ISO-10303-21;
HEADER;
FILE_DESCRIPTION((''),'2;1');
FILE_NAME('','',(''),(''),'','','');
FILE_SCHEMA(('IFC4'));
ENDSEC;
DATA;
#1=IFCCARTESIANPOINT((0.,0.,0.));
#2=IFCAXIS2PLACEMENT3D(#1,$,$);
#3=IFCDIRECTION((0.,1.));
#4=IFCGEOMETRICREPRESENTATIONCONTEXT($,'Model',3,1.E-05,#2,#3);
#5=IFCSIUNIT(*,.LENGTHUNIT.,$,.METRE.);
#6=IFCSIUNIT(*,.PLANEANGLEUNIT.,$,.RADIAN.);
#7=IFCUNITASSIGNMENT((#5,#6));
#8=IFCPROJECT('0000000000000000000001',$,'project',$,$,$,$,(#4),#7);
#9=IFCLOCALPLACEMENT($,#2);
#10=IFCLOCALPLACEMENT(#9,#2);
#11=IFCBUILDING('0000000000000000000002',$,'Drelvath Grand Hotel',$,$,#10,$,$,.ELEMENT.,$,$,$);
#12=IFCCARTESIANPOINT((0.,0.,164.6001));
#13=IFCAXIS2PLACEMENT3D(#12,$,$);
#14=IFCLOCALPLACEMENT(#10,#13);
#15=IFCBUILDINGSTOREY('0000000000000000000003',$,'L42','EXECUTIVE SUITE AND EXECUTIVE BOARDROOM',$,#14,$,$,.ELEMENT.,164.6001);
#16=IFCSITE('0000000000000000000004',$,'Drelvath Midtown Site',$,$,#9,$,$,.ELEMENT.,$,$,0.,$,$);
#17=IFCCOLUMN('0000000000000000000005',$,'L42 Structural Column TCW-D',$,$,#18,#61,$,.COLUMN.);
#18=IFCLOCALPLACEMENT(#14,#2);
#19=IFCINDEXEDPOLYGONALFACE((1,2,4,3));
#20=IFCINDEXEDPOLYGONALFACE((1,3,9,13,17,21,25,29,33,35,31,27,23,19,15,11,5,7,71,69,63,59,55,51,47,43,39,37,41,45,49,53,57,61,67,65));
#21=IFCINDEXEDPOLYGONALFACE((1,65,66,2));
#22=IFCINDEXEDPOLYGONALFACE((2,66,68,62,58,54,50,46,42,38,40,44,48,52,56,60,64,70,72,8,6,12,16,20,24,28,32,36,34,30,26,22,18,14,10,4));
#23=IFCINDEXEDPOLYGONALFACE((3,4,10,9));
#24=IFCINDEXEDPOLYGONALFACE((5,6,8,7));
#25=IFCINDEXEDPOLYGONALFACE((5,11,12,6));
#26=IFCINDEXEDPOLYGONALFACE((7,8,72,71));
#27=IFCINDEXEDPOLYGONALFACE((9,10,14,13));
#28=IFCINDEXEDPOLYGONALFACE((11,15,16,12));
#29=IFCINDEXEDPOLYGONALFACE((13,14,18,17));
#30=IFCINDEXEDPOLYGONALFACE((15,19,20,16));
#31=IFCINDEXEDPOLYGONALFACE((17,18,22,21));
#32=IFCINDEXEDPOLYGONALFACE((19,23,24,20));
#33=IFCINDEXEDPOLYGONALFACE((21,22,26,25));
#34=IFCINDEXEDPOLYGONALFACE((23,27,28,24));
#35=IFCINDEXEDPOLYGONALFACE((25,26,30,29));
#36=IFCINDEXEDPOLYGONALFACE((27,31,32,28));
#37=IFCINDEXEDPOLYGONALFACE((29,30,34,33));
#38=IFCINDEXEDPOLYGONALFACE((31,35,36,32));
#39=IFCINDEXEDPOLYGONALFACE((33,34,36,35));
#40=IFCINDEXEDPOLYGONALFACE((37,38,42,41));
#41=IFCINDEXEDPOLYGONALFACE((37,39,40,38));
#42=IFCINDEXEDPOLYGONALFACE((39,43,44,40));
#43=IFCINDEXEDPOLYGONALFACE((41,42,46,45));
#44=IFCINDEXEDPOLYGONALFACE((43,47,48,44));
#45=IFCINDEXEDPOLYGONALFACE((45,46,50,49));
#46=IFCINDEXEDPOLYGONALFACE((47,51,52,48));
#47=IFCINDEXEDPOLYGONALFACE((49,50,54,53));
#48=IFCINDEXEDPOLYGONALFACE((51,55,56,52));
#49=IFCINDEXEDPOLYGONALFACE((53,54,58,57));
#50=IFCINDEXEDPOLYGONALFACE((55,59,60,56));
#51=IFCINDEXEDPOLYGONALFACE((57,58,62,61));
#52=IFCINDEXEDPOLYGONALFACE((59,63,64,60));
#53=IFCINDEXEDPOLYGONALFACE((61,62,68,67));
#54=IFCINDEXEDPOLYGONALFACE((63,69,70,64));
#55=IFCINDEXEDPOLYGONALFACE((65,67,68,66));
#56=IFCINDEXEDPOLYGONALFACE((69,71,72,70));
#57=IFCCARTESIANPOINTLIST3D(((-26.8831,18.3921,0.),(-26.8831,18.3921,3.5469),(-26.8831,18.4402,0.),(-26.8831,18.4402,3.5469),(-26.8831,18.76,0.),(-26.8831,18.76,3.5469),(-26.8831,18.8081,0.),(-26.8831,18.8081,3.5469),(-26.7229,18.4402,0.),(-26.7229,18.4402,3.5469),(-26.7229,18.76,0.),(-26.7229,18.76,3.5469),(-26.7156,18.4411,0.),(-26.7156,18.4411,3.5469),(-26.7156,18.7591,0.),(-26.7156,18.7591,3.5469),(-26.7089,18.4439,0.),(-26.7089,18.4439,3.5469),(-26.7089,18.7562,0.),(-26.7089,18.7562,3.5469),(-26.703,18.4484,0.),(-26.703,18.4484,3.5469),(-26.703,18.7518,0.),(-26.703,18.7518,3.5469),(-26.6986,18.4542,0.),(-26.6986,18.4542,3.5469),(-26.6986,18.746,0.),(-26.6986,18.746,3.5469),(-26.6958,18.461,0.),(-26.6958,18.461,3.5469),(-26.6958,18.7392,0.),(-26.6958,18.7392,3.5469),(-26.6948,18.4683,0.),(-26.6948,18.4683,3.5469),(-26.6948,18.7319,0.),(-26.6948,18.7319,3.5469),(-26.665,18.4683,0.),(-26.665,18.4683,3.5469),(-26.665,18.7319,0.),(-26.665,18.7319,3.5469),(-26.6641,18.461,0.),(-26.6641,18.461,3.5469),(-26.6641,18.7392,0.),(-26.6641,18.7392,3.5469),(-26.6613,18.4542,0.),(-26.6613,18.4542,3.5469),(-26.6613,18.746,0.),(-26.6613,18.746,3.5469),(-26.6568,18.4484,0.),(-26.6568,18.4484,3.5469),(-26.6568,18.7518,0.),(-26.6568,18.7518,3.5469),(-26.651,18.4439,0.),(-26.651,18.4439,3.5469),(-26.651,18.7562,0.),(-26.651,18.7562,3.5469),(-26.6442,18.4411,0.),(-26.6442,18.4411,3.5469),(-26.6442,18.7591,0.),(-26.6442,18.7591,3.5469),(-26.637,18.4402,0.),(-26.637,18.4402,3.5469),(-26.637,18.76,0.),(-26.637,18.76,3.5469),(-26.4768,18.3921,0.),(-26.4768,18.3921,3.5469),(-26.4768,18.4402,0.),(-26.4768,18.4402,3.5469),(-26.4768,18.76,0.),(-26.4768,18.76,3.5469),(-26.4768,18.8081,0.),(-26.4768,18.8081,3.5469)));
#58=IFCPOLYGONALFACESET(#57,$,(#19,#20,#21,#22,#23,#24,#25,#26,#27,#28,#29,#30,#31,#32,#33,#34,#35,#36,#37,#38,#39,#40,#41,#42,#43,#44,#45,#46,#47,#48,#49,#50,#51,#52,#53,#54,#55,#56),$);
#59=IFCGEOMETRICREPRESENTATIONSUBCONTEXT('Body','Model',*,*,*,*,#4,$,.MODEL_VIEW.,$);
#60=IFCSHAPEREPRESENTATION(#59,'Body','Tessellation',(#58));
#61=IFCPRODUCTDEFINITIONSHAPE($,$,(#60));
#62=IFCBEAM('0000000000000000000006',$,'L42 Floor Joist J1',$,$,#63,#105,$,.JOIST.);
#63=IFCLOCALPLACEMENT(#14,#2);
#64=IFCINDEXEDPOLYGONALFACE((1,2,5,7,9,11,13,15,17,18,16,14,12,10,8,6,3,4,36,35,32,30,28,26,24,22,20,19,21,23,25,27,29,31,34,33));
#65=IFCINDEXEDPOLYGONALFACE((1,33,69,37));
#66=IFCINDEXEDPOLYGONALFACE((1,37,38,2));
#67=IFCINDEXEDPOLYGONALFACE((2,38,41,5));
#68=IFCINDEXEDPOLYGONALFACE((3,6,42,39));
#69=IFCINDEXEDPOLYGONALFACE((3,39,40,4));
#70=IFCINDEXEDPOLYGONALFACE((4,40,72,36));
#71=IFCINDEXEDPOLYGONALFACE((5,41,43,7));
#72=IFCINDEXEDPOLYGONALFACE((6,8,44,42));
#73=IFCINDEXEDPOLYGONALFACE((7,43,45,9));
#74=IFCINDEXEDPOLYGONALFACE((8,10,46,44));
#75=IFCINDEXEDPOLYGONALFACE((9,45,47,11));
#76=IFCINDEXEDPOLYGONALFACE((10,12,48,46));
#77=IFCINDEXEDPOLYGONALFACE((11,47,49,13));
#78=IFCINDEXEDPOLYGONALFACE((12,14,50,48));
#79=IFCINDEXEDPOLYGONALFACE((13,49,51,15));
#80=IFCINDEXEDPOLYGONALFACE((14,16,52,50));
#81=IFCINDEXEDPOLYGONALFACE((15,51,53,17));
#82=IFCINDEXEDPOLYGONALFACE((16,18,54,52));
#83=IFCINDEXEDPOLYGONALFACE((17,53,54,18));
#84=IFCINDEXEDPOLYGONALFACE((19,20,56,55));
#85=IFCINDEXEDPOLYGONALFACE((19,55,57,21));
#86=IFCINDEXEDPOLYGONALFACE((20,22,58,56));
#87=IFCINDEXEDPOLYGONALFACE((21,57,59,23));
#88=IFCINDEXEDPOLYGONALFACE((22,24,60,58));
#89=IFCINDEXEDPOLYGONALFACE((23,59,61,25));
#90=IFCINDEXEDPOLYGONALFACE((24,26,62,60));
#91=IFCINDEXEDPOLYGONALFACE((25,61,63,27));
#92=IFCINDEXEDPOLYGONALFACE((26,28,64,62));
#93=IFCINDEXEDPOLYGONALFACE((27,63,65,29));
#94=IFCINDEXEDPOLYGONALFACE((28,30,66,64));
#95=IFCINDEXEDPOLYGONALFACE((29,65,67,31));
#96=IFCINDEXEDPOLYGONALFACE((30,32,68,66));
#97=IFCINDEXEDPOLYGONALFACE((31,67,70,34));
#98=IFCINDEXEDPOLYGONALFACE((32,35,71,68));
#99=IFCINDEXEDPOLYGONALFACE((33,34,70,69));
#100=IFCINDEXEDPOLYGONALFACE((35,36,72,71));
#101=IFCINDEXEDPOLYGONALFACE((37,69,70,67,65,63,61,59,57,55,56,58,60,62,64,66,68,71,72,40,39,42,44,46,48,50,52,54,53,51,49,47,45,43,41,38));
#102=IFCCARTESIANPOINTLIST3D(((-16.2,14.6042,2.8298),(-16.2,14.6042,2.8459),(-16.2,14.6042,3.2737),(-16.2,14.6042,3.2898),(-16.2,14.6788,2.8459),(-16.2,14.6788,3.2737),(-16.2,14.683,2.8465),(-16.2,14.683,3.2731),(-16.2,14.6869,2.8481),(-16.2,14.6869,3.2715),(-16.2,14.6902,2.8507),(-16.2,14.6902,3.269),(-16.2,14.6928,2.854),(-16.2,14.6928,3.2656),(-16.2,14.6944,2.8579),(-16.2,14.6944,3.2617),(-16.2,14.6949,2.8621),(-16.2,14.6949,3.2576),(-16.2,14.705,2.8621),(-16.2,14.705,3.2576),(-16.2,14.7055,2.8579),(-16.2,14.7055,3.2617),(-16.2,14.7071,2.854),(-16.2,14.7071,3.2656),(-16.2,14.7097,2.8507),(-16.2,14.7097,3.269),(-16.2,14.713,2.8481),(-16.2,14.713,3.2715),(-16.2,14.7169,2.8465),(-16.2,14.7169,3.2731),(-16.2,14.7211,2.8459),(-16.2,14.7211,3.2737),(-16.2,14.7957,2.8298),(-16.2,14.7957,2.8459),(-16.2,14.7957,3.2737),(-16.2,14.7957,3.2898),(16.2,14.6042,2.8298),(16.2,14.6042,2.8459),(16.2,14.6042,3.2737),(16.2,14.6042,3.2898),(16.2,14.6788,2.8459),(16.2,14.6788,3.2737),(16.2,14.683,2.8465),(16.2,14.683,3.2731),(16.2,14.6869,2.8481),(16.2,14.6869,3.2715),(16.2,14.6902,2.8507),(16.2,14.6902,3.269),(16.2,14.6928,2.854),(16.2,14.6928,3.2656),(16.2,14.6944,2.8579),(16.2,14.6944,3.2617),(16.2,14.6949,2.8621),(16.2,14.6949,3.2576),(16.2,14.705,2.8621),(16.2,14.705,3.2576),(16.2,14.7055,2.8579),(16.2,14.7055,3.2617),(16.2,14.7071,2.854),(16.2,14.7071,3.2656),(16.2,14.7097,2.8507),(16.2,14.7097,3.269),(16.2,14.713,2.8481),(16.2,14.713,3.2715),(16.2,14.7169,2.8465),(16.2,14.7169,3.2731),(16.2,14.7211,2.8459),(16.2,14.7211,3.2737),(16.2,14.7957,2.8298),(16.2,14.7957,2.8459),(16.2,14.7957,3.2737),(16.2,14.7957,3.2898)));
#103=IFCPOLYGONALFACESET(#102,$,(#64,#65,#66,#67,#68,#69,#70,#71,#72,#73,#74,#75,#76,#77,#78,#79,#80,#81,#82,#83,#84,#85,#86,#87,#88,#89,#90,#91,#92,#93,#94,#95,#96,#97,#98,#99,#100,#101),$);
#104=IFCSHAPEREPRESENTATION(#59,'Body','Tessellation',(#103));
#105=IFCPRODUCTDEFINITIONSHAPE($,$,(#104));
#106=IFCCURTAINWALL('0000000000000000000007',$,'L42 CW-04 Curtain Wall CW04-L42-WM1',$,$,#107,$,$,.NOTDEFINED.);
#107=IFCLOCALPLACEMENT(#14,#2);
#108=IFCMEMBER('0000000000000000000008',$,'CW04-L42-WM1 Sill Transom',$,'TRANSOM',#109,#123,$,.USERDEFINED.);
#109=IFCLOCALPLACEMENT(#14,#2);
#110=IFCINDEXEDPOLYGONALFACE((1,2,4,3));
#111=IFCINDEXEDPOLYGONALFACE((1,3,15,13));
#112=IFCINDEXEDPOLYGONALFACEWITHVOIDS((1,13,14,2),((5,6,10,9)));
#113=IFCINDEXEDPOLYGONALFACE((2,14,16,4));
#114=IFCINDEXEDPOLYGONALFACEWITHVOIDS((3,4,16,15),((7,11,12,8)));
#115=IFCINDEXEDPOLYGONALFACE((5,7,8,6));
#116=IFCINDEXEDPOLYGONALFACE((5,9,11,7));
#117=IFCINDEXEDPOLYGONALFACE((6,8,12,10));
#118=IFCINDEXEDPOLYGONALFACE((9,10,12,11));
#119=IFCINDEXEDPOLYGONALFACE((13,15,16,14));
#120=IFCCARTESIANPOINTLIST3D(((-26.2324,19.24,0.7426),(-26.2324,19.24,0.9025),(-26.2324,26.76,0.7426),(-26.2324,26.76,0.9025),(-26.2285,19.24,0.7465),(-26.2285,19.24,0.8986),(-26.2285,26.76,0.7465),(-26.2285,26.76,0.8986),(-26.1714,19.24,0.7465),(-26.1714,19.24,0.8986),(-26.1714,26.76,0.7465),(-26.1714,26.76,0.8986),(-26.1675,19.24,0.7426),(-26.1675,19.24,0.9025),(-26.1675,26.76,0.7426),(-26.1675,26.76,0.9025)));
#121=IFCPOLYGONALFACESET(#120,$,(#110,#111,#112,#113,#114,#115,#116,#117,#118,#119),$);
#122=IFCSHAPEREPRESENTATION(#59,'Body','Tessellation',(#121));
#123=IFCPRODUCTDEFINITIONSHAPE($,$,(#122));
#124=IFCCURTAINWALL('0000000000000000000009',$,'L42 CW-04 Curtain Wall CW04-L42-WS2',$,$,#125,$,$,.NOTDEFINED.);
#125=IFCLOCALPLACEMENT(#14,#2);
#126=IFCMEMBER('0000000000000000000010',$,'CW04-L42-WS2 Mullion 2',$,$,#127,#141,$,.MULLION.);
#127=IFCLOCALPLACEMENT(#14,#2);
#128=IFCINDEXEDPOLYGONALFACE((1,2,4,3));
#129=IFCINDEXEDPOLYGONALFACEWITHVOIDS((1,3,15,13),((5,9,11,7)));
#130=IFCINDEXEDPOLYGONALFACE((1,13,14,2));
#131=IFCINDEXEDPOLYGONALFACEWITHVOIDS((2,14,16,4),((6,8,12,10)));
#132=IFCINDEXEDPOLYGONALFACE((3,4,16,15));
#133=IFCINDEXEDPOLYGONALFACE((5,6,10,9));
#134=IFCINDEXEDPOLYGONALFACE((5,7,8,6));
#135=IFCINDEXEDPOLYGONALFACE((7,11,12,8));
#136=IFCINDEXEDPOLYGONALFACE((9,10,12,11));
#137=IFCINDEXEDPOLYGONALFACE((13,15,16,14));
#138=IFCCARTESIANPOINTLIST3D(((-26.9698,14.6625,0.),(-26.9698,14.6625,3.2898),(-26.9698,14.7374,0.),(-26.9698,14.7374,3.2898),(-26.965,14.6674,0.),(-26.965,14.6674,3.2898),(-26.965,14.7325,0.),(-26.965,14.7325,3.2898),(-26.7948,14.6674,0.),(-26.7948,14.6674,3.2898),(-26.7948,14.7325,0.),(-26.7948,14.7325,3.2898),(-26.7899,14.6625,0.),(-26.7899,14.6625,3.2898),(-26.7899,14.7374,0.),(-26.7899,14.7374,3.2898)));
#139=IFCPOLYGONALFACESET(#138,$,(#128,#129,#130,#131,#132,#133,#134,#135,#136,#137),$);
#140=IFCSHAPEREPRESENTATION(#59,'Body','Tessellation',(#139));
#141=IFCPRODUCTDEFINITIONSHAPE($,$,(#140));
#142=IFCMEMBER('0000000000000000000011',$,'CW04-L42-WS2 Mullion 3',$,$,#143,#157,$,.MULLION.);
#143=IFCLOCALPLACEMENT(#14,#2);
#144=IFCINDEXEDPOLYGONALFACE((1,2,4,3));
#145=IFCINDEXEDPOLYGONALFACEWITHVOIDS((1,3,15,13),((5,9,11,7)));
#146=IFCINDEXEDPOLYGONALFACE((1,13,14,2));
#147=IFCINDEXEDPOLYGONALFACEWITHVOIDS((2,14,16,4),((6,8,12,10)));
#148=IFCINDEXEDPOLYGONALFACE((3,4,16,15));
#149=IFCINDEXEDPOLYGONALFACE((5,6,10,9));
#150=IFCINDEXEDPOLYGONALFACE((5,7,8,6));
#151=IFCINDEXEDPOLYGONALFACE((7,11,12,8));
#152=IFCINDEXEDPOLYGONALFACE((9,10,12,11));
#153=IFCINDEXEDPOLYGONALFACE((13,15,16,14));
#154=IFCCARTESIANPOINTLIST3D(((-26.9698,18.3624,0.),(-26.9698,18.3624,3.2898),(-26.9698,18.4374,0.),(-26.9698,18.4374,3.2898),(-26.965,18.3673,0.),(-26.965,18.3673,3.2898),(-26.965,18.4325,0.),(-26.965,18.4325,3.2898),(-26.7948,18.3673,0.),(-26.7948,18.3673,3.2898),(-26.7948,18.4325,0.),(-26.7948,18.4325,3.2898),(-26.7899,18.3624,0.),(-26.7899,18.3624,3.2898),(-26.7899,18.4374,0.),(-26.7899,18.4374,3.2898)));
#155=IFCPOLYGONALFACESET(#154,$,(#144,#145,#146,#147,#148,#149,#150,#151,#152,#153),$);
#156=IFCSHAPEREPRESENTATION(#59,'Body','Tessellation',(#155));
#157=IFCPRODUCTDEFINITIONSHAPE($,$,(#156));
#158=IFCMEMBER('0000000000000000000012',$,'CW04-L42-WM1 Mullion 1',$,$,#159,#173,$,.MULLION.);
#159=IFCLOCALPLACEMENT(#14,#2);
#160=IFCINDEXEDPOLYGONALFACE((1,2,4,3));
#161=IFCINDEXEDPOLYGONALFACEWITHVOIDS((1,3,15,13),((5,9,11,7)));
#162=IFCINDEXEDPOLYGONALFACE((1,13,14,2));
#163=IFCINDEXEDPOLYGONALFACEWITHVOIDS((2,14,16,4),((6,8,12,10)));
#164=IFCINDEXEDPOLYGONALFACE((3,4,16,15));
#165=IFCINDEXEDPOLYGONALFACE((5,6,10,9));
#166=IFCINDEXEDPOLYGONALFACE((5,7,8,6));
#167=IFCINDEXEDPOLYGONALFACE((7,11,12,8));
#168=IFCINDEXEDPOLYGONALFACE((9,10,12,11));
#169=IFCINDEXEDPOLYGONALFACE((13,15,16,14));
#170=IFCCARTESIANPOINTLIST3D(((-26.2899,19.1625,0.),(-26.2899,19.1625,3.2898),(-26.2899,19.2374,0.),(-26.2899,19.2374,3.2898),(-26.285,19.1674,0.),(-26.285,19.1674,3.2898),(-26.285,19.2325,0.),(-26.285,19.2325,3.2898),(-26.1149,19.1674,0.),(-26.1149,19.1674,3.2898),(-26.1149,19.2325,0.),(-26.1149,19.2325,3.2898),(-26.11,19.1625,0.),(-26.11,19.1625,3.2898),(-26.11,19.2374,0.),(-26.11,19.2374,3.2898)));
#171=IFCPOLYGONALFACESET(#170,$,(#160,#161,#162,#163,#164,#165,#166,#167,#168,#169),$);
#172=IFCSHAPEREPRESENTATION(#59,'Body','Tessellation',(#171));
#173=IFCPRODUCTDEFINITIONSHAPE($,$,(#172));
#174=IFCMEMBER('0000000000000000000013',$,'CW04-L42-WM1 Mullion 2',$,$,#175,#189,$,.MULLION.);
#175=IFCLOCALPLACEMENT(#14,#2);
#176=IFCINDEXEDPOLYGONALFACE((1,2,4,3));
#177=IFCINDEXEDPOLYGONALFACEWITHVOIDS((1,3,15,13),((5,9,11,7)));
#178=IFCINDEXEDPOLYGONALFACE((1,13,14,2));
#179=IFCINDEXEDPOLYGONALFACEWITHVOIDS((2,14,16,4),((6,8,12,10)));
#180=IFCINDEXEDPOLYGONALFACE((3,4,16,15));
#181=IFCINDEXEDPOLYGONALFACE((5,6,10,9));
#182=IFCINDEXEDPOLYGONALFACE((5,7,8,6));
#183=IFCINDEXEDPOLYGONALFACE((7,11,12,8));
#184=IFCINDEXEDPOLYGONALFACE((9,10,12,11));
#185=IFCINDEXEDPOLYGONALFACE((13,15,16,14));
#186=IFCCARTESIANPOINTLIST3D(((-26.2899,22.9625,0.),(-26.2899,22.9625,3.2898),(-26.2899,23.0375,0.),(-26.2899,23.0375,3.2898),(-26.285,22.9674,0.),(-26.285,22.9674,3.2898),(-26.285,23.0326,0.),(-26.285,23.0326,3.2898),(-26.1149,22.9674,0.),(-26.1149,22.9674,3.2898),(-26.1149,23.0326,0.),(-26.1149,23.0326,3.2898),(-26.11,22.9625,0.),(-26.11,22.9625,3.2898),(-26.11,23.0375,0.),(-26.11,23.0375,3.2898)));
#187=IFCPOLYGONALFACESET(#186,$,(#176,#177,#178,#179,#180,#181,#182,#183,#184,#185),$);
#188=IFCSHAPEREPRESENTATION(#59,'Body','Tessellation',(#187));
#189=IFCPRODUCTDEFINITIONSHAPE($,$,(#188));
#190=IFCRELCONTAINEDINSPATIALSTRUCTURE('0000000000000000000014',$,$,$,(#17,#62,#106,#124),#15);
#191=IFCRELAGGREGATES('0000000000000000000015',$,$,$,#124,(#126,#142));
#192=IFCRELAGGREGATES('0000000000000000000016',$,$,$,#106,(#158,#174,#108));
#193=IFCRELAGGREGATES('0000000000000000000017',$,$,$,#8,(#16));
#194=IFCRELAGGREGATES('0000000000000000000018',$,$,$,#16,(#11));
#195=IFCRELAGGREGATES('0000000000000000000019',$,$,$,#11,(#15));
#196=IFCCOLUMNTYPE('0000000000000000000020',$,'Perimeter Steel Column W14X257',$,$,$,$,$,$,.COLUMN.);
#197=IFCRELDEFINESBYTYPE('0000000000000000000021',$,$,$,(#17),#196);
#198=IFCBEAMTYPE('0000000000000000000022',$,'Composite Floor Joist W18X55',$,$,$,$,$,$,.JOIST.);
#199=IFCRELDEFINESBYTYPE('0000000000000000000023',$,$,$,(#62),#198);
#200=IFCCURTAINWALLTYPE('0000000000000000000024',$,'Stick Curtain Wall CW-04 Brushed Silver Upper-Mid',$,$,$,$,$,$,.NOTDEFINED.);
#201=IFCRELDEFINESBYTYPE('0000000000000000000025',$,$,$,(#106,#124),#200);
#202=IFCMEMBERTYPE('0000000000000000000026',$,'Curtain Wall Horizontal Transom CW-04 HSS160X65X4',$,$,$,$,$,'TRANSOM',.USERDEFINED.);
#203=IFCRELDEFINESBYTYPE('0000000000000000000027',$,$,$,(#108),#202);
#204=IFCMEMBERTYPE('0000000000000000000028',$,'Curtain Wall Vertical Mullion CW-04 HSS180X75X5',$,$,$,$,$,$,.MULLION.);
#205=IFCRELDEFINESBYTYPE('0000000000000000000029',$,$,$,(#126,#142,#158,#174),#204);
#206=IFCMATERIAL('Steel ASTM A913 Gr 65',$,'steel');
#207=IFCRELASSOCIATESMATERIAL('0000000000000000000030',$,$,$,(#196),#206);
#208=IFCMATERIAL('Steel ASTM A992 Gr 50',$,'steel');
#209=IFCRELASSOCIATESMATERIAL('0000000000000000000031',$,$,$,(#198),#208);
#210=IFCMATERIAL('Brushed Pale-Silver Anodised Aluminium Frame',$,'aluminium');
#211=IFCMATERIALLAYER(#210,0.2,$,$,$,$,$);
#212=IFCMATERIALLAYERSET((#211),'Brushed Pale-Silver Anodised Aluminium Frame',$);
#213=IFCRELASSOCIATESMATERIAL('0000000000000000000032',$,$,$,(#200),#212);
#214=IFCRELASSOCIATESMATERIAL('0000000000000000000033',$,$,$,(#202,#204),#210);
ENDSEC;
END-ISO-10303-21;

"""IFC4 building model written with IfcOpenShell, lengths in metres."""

from ifc_helpers import new_model, si_unit, direction, frame, origin, origin_2d, place, context, subcontext, project, spatial, hollow_rectangle, i_section, extrude, material, layer, layer_set, material_profile, profile_set, type_object, element, aggregate, save


model = new_model("IFC4")

# Units and contexts
model_context = context("Model", 3, precision=1e-05, world=origin(), true_north=direction((0.0, 1.0)))
body_context = subcontext(model_context, "Body", "Model", "MODEL_VIEW")
ifc_project = project(units=[si_unit("LENGTHUNIT", "METRE"), si_unit("PLANEANGLEUNIT", "RADIAN")], contexts=[model_context])

# Site, building, storey
site_placement = place(None, origin())
site = spatial("IfcSite", under=ifc_project, at=site_placement, Name="Drelvath Midtown Site", CompositionType="ELEMENT", RefElevation=0.0)
building_placement = place(site_placement, origin())
building = spatial("IfcBuilding", under=site, at=building_placement, Name="Drelvath Grand Hotel", CompositionType="ELEMENT")
storey_placement = place(building_placement, frame((0.0, 0.0, 164.6001)))
storey = spatial("IfcBuildingStorey", under=building, at=storey_placement, Name="L42", Description="EXECUTIVE SUITE AND EXECUTIVE BOARDROOM", CompositionType="ELEMENT", Elevation=164.6001)

# Column
ifc_material_1 = material(Name="Steel ASTM A913 Gr 65", Category="steel")
ifc_material_profile_1 = material_profile(ifc_material_1, i_section(OverallWidth=0.4062, OverallDepth=0.416, WebThickness=0.0298, FlangeThickness=0.0481, FilletRadius=0.0281, at=origin_2d()), Name="W14X257")
ifc_profile_set_1 = profile_set([ifc_material_profile_1], Name="Steel ASTM A913 Gr 65")
column_type = type_object("IfcColumnType", Name="Perimeter Steel Column W14X257", PredefinedType="COLUMN", material=ifc_profile_set_1)
column_placement = place(storey_placement, frame((-26.6799, 18.6001, 0.0), z_axis=(0.0, 0.0, 1.0), x_axis=(1.0, 0.0, 0.0)))
element("IfcColumn", 1, at=column_placement, inside=storey, type_object=column_type, Name="L42 Structural Column TCW-D", PredefinedType="COLUMN", context=body_context, shape_type="SweptSolid", body=[
    extrude(i_section(OverallWidth=0.4062, OverallDepth=0.416, WebThickness=0.0298, FlangeThickness=0.0481, FilletRadius=0.0281, at=origin_2d()), origin(), (0.0, 0.0, 1.0), 3.5469),
])

# Beam
ifc_material_2 = material(Name="Steel ASTM A992 Gr 50", Category="steel")
ifc_material_profile_2 = material_profile(ifc_material_2, i_section(OverallWidth=0.1914, OverallDepth=0.46, WebThickness=0.01, FlangeThickness=0.0161, FilletRadius=0.0161, at=origin_2d()), Name="W18X55")
ifc_profile_set_2 = profile_set([ifc_material_profile_2], Name="Steel ASTM A992 Gr 50")
beam_type_1 = type_object("IfcBeamType", Name="Composite Floor Joist W18X55", PredefinedType="JOIST", material=ifc_profile_set_2)
beam_1_placement = place(storey_placement, frame((-16.2, 14.7, 3.0598), z_axis=(1.0, 0.0, 0.0), x_axis=(0.0, 1.0, 0.0)))
element("IfcBeam", 2, at=beam_1_placement, inside=storey, type_object=beam_type_1, Name="L42 Floor Joist J1", PredefinedType="JOIST", context=body_context, shape_type="SweptSolid", body=[
    extrude(i_section(OverallWidth=0.1914, OverallDepth=0.46, WebThickness=0.01, FlangeThickness=0.0161, FilletRadius=0.0161, at=origin_2d()), origin(), (0.0, 0.0, 1.0), 32.3999),
])

# Curtain wall, member
ifc_material_3 = material(Name="Brushed Pale-Silver Anodised Aluminium Frame", Category="aluminium")
ifc_layer_1 = layer(ifc_material_3, 0.2)
ifc_layer_set_1 = layer_set([ifc_layer_1], Name="Brushed Pale-Silver Anodised Aluminium Frame")
curtain_wall_type = type_object("IfcCurtainWallType", Name="Stick Curtain Wall CW-04 Brushed Silver Upper-Mid", PredefinedType="NOTDEFINED", material=ifc_layer_set_1)
curtain_wall_1_placement = place(storey_placement, origin())
curtain_wall_1 = element("IfcCurtainWall", 3, at=curtain_wall_1_placement, inside=storey, type_object=curtain_wall_type, Name="L42 CW-04 Curtain Wall CW04-L42-WM1", PredefinedType="NOTDEFINED")
ifc_material_profile_3 = material_profile(ifc_material_3, hollow_rectangle(XDim=0.0649, YDim=0.1599, WallThickness=0.0039, at=origin_2d()), Name="HSS160X65X4")
ifc_profile_set_3 = profile_set([ifc_material_profile_3], Name="Brushed Pale-Silver Anodised Aluminium Frame")
member_type_1 = type_object("IfcMemberType", Name="Curtain Wall Horizontal Transom CW-04 HSS160X65X4", ElementType="TRANSOM", PredefinedType="USERDEFINED", material=ifc_profile_set_3)
member_1_placement = place(storey_placement, frame((-26.2, 19.24, 0.8225), z_axis=(0.0, 1.0, 0.0), x_axis=(-1.0, 0.0, 0.0)))
member_1 = element("IfcMember", 4, at=member_1_placement, type_object=member_type_1, Name="CW04-L42-WM1 Sill Transom", ObjectType="TRANSOM", PredefinedType="USERDEFINED", context=body_context, shape_type="SweptSolid", body=[
    extrude(hollow_rectangle(XDim=0.0649, YDim=0.1599, WallThickness=0.0039, at=origin_2d()), origin(), (0.0, 0.0, 1.0), 7.52),
])

# Curtain wall, members
curtain_wall_2_placement = place(storey_placement, origin())
curtain_wall_2 = element("IfcCurtainWall", 5, at=curtain_wall_2_placement, inside=storey, type_object=curtain_wall_type, Name="L42 CW-04 Curtain Wall CW04-L42-WS2", PredefinedType="NOTDEFINED")
ifc_material_profile_4 = material_profile(ifc_material_3, hollow_rectangle(XDim=0.075, YDim=0.1799, WallThickness=0.0049, at=origin_2d()), Name="HSS180X75X5")
ifc_profile_set_4 = profile_set([ifc_material_profile_4], Name="Brushed Pale-Silver Anodised Aluminium Frame")
member_type_2 = type_object("IfcMemberType", Name="Curtain Wall Vertical Mullion CW-04 HSS180X75X5", PredefinedType="MULLION", material=ifc_profile_set_4)
member_2_placement = place(storey_placement, frame((-26.8799, 14.7, 0.0), z_axis=(0.0, 0.0, 1.0), x_axis=(0.0, 1.0, 0.0)))
member_2 = element("IfcMember", 6, at=member_2_placement, type_object=member_type_2, Name="CW04-L42-WS2 Mullion 2", PredefinedType="MULLION", context=body_context, shape_type="SweptSolid", body=[
    extrude(hollow_rectangle(XDim=0.075, YDim=0.1799, WallThickness=0.0049, at=origin_2d()), origin(), (0.0, 0.0, 1.0), 3.2898),
])
member_3_placement = place(storey_placement, frame((-26.8799, 18.3999, 0.0), z_axis=(0.0, 0.0, 1.0), x_axis=(0.0, 1.0, 0.0)))
member_3 = element("IfcMember", 7, at=member_3_placement, type_object=member_type_2, Name="CW04-L42-WS2 Mullion 3", PredefinedType="MULLION", context=body_context, shape_type="SweptSolid", body=[
    extrude(hollow_rectangle(XDim=0.075, YDim=0.1799, WallThickness=0.0049, at=origin_2d()), origin(), (0.0, 0.0, 1.0), 3.2898),
])

# Members
member_4_placement = place(storey_placement, frame((-26.2, 19.2, 0.0), z_axis=(0.0, 0.0, 1.0), x_axis=(0.0, 1.0, 0.0)))
member_4 = element("IfcMember", 8, at=member_4_placement, type_object=member_type_2, Name="CW04-L42-WM1 Mullion 1", PredefinedType="MULLION", context=body_context, shape_type="SweptSolid", body=[
    extrude(hollow_rectangle(XDim=0.075, YDim=0.1799, WallThickness=0.0049, at=origin_2d()), origin(), (0.0, 0.0, 1.0), 3.2898),
])
member_5_placement = place(storey_placement, frame((-26.2, 23.0, 0.0), z_axis=(0.0, 0.0, 1.0), x_axis=(0.0, 1.0, 0.0)))
member_5 = element("IfcMember", 9, at=member_5_placement, type_object=member_type_2, Name="CW04-L42-WM1 Mullion 2", PredefinedType="MULLION", context=body_context, shape_type="SweptSolid", body=[
    extrude(hollow_rectangle(XDim=0.075, YDim=0.1799, WallThickness=0.0049, at=origin_2d()), origin(), (0.0, 0.0, 1.0), 3.2898),
])

aggregate(curtain_wall_2, [member_2, member_3])
aggregate(curtain_wall_1, [member_4, member_5, member_1])

save(model, "model.ifc")
